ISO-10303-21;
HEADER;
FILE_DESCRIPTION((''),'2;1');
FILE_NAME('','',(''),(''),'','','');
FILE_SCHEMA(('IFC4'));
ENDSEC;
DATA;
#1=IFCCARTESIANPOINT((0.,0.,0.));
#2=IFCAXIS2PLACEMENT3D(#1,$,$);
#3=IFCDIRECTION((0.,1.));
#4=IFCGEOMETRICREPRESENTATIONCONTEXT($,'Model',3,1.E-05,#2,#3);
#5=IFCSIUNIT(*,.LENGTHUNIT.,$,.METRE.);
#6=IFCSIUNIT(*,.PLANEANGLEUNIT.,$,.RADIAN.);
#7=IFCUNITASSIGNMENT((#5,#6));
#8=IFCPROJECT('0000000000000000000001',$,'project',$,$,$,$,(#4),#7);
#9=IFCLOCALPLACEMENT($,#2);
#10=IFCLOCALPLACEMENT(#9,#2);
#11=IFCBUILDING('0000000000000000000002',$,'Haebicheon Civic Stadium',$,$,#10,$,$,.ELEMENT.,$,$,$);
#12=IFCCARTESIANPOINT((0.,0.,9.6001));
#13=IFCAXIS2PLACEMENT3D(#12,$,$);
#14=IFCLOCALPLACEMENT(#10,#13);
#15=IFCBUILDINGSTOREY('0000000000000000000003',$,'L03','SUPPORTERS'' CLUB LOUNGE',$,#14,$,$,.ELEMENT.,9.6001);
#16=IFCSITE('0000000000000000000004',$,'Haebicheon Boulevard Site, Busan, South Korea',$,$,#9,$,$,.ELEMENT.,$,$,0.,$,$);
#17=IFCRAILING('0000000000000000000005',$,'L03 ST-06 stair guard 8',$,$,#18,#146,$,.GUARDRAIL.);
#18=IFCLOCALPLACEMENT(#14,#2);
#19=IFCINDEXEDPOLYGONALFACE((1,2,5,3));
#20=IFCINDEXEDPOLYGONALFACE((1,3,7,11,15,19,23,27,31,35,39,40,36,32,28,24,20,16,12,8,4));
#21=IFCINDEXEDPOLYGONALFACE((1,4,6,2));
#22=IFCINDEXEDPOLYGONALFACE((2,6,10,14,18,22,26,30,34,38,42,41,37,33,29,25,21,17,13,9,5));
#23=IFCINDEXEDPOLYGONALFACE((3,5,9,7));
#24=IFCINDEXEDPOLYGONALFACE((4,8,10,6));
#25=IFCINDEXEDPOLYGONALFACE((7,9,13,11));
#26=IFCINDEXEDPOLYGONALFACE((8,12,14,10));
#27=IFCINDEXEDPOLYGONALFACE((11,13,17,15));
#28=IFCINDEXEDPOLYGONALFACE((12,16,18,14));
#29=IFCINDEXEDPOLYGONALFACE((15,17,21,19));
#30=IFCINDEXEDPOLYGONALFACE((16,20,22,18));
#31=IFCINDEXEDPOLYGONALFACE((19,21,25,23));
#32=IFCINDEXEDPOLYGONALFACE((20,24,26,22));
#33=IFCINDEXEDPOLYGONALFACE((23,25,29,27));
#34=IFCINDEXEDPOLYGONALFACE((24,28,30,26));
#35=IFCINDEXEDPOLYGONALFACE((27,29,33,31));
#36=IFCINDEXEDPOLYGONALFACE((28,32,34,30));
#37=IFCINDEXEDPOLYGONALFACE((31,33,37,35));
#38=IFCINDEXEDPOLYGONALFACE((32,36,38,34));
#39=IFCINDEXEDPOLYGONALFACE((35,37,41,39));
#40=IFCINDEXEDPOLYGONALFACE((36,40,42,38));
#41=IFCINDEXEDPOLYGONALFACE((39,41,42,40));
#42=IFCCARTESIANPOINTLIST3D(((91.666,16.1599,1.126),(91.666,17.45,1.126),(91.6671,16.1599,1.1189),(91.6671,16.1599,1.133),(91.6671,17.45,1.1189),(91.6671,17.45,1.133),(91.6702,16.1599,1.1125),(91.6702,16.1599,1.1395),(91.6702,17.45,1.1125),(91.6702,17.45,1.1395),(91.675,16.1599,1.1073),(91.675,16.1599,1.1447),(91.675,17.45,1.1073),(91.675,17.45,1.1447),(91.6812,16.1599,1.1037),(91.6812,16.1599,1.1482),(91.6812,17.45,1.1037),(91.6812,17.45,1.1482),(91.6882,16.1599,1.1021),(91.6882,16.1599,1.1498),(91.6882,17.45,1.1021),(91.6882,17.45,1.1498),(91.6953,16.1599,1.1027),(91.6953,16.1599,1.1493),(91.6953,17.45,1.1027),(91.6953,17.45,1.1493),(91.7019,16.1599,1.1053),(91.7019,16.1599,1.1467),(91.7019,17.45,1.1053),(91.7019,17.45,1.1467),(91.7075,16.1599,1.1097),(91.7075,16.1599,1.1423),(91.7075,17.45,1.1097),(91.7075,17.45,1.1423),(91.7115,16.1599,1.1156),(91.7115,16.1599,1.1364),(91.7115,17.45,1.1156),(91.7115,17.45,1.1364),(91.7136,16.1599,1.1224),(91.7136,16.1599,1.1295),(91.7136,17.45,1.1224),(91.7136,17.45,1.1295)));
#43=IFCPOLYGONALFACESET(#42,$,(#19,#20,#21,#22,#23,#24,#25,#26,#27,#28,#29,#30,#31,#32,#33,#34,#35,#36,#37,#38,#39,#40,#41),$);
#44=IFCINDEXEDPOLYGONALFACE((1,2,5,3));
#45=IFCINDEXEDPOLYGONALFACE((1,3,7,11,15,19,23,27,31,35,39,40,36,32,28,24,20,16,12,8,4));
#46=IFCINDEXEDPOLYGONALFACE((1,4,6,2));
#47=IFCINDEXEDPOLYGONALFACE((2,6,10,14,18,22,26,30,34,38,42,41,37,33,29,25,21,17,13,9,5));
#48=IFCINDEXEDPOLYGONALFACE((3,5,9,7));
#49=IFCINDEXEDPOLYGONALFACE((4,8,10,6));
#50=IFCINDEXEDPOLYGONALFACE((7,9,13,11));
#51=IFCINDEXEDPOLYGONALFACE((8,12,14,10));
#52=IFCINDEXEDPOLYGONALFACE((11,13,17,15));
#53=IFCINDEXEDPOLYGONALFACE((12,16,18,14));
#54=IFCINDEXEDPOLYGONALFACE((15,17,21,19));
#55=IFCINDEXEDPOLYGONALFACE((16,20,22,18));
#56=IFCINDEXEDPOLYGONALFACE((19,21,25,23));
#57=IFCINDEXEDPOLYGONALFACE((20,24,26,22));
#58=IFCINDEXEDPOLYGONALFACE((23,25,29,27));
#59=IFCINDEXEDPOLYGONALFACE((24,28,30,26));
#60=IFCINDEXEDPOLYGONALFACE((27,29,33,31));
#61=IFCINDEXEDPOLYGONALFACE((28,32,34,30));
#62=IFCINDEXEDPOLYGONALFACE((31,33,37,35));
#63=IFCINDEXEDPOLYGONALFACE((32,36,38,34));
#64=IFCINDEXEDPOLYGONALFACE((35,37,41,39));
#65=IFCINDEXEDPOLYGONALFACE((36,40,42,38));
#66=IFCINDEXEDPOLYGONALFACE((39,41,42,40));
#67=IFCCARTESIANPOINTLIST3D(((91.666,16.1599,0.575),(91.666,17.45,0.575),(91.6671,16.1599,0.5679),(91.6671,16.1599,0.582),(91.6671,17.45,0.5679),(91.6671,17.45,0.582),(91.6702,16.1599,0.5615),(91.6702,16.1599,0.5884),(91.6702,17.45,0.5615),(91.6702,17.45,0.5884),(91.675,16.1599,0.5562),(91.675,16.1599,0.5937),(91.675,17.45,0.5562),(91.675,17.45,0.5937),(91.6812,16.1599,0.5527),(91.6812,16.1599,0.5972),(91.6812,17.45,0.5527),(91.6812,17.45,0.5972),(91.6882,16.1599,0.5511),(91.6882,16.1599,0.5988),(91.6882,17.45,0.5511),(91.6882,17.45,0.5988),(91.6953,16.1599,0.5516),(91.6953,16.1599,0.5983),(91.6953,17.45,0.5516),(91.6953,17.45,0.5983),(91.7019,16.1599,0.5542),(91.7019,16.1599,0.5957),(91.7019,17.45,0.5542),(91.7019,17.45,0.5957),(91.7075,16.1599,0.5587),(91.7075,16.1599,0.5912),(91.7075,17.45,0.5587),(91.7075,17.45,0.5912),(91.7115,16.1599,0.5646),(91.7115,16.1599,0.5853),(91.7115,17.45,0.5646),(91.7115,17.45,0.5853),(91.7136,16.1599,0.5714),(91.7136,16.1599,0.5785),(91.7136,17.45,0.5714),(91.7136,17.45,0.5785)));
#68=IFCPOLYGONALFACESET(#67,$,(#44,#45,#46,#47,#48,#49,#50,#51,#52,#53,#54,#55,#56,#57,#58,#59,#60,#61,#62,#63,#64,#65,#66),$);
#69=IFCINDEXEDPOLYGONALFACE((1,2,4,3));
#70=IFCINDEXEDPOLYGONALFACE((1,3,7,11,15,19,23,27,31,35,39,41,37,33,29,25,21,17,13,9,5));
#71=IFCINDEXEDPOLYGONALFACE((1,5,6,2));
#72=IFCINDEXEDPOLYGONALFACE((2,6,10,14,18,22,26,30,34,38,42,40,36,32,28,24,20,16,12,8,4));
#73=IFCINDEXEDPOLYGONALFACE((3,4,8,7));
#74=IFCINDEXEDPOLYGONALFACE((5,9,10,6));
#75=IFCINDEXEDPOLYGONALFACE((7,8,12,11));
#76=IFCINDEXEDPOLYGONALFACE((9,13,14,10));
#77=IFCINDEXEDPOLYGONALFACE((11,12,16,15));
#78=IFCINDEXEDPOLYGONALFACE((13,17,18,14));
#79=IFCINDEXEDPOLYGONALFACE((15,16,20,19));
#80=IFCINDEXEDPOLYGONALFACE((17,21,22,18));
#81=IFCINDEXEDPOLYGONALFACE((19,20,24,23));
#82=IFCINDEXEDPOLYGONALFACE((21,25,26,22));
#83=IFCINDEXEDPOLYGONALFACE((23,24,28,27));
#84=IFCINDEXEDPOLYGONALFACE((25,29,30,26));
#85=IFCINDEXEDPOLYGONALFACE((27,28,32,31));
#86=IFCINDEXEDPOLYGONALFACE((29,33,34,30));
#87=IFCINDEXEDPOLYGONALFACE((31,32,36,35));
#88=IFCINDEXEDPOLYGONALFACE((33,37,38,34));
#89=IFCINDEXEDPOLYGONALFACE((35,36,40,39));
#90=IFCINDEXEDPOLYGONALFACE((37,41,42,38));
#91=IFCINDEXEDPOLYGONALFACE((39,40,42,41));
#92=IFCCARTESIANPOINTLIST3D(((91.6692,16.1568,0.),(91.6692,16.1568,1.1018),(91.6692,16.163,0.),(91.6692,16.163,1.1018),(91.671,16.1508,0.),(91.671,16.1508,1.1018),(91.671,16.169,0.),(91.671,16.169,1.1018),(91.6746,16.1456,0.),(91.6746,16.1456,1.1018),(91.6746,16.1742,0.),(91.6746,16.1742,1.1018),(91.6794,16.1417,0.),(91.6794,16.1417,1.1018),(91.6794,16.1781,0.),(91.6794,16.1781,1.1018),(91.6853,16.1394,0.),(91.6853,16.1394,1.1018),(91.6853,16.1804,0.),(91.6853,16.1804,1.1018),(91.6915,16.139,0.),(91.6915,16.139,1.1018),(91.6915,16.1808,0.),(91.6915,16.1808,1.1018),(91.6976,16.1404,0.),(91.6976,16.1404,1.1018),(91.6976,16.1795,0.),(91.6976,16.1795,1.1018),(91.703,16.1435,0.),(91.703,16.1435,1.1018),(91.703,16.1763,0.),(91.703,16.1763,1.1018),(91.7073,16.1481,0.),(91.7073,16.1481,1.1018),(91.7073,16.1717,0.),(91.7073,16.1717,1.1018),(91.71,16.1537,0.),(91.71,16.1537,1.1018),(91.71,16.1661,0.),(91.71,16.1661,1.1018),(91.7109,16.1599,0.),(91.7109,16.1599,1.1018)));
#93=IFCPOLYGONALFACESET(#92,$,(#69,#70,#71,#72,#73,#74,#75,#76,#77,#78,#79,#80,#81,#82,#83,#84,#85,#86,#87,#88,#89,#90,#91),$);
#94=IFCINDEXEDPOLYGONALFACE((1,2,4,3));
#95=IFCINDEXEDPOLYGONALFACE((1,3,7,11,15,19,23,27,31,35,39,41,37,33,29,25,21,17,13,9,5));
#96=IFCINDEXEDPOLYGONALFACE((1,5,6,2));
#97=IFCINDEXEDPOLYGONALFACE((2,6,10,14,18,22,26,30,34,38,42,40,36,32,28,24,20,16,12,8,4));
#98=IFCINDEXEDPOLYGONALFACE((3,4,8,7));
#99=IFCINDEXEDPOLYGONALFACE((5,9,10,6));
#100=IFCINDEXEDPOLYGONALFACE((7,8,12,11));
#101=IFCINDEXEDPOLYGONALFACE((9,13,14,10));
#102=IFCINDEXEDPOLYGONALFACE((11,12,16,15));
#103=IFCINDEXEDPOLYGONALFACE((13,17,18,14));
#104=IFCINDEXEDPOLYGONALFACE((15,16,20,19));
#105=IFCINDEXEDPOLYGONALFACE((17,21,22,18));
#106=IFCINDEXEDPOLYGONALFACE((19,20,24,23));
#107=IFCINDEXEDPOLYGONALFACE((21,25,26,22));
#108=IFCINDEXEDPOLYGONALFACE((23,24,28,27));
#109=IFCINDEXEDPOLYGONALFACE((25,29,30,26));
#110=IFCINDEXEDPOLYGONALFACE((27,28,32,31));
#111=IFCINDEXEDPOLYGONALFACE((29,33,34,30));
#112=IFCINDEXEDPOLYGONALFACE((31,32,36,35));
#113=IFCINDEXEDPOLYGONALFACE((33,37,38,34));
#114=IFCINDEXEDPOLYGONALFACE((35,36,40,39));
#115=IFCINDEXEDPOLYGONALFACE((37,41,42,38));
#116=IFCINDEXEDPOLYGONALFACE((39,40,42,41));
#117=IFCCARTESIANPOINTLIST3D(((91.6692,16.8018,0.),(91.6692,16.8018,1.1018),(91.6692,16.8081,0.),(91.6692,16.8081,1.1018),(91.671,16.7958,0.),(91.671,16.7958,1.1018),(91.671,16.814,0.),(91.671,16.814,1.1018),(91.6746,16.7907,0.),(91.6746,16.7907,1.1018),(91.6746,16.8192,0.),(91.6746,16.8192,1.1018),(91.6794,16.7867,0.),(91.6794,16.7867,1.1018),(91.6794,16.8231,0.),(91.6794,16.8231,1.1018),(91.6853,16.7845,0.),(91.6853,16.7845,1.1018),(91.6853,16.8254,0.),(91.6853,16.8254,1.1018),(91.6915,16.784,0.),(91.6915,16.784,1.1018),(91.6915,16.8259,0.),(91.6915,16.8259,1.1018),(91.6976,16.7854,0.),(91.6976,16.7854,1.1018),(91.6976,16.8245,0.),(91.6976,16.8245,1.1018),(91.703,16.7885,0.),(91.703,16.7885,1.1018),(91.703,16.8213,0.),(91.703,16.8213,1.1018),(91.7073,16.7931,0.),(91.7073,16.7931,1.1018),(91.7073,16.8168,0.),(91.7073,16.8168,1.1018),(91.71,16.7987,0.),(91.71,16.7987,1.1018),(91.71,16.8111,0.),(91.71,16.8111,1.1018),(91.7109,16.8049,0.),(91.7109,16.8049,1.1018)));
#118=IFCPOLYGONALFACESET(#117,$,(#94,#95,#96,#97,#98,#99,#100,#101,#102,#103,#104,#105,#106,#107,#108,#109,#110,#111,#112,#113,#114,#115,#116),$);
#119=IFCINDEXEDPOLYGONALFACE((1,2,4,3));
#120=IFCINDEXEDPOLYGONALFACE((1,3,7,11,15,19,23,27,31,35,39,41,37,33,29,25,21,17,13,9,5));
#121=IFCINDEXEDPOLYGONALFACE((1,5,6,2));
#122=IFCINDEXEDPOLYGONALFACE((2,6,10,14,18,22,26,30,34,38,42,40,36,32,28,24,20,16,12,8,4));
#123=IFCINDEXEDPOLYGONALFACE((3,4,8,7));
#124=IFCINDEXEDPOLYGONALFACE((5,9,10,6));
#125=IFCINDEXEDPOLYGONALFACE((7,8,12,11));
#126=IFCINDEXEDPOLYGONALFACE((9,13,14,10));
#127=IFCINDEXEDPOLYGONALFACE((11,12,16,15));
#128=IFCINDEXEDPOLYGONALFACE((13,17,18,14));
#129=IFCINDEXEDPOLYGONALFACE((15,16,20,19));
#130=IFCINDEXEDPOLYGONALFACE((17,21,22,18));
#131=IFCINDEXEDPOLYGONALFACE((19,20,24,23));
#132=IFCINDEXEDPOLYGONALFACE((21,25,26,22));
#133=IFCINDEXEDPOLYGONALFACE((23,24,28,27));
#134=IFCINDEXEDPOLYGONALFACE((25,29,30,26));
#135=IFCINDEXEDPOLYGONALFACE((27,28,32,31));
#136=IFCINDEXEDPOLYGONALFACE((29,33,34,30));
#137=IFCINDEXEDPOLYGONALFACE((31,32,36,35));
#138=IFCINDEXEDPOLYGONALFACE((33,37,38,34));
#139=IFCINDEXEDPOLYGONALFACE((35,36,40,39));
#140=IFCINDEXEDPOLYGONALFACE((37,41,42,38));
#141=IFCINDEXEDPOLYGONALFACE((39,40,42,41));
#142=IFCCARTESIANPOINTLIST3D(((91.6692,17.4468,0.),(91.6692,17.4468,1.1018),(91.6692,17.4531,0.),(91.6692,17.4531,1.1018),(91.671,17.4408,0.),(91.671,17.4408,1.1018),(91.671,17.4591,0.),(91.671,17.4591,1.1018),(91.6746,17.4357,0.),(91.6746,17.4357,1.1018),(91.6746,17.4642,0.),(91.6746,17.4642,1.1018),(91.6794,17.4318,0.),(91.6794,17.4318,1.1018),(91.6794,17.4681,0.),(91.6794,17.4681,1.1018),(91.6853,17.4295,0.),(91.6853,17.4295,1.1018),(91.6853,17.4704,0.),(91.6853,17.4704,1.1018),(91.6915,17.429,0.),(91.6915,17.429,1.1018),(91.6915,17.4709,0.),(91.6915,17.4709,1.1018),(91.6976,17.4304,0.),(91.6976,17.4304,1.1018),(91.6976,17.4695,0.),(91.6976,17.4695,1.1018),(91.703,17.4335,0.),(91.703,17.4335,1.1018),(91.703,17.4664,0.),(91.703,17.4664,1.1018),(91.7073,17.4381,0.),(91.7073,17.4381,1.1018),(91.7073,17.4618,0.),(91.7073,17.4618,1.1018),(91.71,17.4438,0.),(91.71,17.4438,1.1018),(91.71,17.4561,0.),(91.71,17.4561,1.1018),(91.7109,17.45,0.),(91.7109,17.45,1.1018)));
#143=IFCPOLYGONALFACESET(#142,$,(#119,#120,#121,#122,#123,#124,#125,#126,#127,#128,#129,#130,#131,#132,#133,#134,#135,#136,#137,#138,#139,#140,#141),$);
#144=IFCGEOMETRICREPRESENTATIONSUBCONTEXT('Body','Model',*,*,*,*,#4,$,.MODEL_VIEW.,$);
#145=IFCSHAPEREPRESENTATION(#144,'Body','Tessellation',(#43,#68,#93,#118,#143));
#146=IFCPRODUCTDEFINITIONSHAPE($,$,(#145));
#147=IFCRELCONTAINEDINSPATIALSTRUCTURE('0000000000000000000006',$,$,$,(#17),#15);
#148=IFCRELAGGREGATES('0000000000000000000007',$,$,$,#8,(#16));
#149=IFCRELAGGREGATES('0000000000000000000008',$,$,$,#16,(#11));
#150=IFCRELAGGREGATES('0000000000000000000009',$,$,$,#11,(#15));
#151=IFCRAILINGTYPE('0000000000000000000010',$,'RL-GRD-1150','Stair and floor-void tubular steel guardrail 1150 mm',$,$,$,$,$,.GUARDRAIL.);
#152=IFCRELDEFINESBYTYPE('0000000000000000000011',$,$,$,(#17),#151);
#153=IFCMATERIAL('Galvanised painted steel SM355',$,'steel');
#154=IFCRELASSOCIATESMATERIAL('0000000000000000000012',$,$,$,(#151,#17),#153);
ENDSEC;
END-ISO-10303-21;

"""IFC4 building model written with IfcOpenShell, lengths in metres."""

from ifc_helpers import new_model, si_unit, direction, frame, origin, origin_2d, place, context, subcontext, project, spatial, circle, extrude, material, type_object, element, save


model = new_model("IFC4")

# Units and contexts
model_context = context("Model", 3, precision=1e-05, world=origin(), true_north=direction((0.0, 1.0)))
body_context = subcontext(model_context, "Body", "Model", "MODEL_VIEW")
ifc_project = project(units=[si_unit("LENGTHUNIT", "METRE"), si_unit("PLANEANGLEUNIT", "RADIAN")], contexts=[model_context])

# Site, building, storey
site_placement = place(None, origin())
site = spatial("IfcSite", under=ifc_project, at=site_placement, Name="Haebicheon Boulevard Site, Busan, South Korea", CompositionType="ELEMENT", RefElevation=0.0)
building_placement = place(site_placement, origin())
building = spatial("IfcBuilding", under=site, at=building_placement, Name="Haebicheon Civic Stadium", CompositionType="ELEMENT")
storey_placement = place(building_placement, frame((0.0, 0.0, 9.6001)))
storey = spatial("IfcBuildingStorey", under=building, at=storey_placement, Name="L03", Description="SUPPORTERS' CLUB LOUNGE", CompositionType="ELEMENT", Elevation=9.6001)

# Railing
ifc_material_1 = material(Name="Galvanised painted steel SM355", Category="steel")
railing_type_1 = type_object("IfcRailingType", Name="RL-GRD-1150", Description="Stair and floor-void tubular steel guardrail 1150 mm", PredefinedType="GUARDRAIL", material=ifc_material_1)
for number, where, name in (
    (1, (91.6899, 16.1599, 0.0), "L03 ST-06 stair guard 8"),
):
    element("IfcRailing", number, at=place(storey_placement, frame(where)), inside=storey, type_object=railing_type_1, material=ifc_material_1, Name=name, PredefinedType="GUARDRAIL", context=body_context, shape_type="SweptSolid", body=[
        extrude(circle(Radius=0.0239, at=origin_2d()), frame((0.0, 0.0, 1.126), z_axis=(0.0, 1.0, 0.0), x_axis=(-1.0, 0.0, 0.0)), (0.0, 0.0, 1.0), 1.29),
        extrude(circle(Radius=0.0239, at=origin_2d()), frame((0.0, 0.0, 0.575), z_axis=(0.0, 1.0, 0.0), x_axis=(-1.0, 0.0, 0.0)), (0.0, 0.0, 1.0), 1.29),
        extrude(circle(Radius=0.021, at=origin_2d()), origin(), (0.0, 0.0, 1.0), 1.1018),
        extrude(circle(Radius=0.021, at=origin_2d()), frame((0.0, 0.645, 0.0)), (0.0, 0.0, 1.0), 1.1018),
        extrude(circle(Radius=0.021, at=origin_2d()), frame((0.0, 1.29, 0.0)), (0.0, 0.0, 1.0), 1.1018),
    ])

save(model, "model.ifc")
